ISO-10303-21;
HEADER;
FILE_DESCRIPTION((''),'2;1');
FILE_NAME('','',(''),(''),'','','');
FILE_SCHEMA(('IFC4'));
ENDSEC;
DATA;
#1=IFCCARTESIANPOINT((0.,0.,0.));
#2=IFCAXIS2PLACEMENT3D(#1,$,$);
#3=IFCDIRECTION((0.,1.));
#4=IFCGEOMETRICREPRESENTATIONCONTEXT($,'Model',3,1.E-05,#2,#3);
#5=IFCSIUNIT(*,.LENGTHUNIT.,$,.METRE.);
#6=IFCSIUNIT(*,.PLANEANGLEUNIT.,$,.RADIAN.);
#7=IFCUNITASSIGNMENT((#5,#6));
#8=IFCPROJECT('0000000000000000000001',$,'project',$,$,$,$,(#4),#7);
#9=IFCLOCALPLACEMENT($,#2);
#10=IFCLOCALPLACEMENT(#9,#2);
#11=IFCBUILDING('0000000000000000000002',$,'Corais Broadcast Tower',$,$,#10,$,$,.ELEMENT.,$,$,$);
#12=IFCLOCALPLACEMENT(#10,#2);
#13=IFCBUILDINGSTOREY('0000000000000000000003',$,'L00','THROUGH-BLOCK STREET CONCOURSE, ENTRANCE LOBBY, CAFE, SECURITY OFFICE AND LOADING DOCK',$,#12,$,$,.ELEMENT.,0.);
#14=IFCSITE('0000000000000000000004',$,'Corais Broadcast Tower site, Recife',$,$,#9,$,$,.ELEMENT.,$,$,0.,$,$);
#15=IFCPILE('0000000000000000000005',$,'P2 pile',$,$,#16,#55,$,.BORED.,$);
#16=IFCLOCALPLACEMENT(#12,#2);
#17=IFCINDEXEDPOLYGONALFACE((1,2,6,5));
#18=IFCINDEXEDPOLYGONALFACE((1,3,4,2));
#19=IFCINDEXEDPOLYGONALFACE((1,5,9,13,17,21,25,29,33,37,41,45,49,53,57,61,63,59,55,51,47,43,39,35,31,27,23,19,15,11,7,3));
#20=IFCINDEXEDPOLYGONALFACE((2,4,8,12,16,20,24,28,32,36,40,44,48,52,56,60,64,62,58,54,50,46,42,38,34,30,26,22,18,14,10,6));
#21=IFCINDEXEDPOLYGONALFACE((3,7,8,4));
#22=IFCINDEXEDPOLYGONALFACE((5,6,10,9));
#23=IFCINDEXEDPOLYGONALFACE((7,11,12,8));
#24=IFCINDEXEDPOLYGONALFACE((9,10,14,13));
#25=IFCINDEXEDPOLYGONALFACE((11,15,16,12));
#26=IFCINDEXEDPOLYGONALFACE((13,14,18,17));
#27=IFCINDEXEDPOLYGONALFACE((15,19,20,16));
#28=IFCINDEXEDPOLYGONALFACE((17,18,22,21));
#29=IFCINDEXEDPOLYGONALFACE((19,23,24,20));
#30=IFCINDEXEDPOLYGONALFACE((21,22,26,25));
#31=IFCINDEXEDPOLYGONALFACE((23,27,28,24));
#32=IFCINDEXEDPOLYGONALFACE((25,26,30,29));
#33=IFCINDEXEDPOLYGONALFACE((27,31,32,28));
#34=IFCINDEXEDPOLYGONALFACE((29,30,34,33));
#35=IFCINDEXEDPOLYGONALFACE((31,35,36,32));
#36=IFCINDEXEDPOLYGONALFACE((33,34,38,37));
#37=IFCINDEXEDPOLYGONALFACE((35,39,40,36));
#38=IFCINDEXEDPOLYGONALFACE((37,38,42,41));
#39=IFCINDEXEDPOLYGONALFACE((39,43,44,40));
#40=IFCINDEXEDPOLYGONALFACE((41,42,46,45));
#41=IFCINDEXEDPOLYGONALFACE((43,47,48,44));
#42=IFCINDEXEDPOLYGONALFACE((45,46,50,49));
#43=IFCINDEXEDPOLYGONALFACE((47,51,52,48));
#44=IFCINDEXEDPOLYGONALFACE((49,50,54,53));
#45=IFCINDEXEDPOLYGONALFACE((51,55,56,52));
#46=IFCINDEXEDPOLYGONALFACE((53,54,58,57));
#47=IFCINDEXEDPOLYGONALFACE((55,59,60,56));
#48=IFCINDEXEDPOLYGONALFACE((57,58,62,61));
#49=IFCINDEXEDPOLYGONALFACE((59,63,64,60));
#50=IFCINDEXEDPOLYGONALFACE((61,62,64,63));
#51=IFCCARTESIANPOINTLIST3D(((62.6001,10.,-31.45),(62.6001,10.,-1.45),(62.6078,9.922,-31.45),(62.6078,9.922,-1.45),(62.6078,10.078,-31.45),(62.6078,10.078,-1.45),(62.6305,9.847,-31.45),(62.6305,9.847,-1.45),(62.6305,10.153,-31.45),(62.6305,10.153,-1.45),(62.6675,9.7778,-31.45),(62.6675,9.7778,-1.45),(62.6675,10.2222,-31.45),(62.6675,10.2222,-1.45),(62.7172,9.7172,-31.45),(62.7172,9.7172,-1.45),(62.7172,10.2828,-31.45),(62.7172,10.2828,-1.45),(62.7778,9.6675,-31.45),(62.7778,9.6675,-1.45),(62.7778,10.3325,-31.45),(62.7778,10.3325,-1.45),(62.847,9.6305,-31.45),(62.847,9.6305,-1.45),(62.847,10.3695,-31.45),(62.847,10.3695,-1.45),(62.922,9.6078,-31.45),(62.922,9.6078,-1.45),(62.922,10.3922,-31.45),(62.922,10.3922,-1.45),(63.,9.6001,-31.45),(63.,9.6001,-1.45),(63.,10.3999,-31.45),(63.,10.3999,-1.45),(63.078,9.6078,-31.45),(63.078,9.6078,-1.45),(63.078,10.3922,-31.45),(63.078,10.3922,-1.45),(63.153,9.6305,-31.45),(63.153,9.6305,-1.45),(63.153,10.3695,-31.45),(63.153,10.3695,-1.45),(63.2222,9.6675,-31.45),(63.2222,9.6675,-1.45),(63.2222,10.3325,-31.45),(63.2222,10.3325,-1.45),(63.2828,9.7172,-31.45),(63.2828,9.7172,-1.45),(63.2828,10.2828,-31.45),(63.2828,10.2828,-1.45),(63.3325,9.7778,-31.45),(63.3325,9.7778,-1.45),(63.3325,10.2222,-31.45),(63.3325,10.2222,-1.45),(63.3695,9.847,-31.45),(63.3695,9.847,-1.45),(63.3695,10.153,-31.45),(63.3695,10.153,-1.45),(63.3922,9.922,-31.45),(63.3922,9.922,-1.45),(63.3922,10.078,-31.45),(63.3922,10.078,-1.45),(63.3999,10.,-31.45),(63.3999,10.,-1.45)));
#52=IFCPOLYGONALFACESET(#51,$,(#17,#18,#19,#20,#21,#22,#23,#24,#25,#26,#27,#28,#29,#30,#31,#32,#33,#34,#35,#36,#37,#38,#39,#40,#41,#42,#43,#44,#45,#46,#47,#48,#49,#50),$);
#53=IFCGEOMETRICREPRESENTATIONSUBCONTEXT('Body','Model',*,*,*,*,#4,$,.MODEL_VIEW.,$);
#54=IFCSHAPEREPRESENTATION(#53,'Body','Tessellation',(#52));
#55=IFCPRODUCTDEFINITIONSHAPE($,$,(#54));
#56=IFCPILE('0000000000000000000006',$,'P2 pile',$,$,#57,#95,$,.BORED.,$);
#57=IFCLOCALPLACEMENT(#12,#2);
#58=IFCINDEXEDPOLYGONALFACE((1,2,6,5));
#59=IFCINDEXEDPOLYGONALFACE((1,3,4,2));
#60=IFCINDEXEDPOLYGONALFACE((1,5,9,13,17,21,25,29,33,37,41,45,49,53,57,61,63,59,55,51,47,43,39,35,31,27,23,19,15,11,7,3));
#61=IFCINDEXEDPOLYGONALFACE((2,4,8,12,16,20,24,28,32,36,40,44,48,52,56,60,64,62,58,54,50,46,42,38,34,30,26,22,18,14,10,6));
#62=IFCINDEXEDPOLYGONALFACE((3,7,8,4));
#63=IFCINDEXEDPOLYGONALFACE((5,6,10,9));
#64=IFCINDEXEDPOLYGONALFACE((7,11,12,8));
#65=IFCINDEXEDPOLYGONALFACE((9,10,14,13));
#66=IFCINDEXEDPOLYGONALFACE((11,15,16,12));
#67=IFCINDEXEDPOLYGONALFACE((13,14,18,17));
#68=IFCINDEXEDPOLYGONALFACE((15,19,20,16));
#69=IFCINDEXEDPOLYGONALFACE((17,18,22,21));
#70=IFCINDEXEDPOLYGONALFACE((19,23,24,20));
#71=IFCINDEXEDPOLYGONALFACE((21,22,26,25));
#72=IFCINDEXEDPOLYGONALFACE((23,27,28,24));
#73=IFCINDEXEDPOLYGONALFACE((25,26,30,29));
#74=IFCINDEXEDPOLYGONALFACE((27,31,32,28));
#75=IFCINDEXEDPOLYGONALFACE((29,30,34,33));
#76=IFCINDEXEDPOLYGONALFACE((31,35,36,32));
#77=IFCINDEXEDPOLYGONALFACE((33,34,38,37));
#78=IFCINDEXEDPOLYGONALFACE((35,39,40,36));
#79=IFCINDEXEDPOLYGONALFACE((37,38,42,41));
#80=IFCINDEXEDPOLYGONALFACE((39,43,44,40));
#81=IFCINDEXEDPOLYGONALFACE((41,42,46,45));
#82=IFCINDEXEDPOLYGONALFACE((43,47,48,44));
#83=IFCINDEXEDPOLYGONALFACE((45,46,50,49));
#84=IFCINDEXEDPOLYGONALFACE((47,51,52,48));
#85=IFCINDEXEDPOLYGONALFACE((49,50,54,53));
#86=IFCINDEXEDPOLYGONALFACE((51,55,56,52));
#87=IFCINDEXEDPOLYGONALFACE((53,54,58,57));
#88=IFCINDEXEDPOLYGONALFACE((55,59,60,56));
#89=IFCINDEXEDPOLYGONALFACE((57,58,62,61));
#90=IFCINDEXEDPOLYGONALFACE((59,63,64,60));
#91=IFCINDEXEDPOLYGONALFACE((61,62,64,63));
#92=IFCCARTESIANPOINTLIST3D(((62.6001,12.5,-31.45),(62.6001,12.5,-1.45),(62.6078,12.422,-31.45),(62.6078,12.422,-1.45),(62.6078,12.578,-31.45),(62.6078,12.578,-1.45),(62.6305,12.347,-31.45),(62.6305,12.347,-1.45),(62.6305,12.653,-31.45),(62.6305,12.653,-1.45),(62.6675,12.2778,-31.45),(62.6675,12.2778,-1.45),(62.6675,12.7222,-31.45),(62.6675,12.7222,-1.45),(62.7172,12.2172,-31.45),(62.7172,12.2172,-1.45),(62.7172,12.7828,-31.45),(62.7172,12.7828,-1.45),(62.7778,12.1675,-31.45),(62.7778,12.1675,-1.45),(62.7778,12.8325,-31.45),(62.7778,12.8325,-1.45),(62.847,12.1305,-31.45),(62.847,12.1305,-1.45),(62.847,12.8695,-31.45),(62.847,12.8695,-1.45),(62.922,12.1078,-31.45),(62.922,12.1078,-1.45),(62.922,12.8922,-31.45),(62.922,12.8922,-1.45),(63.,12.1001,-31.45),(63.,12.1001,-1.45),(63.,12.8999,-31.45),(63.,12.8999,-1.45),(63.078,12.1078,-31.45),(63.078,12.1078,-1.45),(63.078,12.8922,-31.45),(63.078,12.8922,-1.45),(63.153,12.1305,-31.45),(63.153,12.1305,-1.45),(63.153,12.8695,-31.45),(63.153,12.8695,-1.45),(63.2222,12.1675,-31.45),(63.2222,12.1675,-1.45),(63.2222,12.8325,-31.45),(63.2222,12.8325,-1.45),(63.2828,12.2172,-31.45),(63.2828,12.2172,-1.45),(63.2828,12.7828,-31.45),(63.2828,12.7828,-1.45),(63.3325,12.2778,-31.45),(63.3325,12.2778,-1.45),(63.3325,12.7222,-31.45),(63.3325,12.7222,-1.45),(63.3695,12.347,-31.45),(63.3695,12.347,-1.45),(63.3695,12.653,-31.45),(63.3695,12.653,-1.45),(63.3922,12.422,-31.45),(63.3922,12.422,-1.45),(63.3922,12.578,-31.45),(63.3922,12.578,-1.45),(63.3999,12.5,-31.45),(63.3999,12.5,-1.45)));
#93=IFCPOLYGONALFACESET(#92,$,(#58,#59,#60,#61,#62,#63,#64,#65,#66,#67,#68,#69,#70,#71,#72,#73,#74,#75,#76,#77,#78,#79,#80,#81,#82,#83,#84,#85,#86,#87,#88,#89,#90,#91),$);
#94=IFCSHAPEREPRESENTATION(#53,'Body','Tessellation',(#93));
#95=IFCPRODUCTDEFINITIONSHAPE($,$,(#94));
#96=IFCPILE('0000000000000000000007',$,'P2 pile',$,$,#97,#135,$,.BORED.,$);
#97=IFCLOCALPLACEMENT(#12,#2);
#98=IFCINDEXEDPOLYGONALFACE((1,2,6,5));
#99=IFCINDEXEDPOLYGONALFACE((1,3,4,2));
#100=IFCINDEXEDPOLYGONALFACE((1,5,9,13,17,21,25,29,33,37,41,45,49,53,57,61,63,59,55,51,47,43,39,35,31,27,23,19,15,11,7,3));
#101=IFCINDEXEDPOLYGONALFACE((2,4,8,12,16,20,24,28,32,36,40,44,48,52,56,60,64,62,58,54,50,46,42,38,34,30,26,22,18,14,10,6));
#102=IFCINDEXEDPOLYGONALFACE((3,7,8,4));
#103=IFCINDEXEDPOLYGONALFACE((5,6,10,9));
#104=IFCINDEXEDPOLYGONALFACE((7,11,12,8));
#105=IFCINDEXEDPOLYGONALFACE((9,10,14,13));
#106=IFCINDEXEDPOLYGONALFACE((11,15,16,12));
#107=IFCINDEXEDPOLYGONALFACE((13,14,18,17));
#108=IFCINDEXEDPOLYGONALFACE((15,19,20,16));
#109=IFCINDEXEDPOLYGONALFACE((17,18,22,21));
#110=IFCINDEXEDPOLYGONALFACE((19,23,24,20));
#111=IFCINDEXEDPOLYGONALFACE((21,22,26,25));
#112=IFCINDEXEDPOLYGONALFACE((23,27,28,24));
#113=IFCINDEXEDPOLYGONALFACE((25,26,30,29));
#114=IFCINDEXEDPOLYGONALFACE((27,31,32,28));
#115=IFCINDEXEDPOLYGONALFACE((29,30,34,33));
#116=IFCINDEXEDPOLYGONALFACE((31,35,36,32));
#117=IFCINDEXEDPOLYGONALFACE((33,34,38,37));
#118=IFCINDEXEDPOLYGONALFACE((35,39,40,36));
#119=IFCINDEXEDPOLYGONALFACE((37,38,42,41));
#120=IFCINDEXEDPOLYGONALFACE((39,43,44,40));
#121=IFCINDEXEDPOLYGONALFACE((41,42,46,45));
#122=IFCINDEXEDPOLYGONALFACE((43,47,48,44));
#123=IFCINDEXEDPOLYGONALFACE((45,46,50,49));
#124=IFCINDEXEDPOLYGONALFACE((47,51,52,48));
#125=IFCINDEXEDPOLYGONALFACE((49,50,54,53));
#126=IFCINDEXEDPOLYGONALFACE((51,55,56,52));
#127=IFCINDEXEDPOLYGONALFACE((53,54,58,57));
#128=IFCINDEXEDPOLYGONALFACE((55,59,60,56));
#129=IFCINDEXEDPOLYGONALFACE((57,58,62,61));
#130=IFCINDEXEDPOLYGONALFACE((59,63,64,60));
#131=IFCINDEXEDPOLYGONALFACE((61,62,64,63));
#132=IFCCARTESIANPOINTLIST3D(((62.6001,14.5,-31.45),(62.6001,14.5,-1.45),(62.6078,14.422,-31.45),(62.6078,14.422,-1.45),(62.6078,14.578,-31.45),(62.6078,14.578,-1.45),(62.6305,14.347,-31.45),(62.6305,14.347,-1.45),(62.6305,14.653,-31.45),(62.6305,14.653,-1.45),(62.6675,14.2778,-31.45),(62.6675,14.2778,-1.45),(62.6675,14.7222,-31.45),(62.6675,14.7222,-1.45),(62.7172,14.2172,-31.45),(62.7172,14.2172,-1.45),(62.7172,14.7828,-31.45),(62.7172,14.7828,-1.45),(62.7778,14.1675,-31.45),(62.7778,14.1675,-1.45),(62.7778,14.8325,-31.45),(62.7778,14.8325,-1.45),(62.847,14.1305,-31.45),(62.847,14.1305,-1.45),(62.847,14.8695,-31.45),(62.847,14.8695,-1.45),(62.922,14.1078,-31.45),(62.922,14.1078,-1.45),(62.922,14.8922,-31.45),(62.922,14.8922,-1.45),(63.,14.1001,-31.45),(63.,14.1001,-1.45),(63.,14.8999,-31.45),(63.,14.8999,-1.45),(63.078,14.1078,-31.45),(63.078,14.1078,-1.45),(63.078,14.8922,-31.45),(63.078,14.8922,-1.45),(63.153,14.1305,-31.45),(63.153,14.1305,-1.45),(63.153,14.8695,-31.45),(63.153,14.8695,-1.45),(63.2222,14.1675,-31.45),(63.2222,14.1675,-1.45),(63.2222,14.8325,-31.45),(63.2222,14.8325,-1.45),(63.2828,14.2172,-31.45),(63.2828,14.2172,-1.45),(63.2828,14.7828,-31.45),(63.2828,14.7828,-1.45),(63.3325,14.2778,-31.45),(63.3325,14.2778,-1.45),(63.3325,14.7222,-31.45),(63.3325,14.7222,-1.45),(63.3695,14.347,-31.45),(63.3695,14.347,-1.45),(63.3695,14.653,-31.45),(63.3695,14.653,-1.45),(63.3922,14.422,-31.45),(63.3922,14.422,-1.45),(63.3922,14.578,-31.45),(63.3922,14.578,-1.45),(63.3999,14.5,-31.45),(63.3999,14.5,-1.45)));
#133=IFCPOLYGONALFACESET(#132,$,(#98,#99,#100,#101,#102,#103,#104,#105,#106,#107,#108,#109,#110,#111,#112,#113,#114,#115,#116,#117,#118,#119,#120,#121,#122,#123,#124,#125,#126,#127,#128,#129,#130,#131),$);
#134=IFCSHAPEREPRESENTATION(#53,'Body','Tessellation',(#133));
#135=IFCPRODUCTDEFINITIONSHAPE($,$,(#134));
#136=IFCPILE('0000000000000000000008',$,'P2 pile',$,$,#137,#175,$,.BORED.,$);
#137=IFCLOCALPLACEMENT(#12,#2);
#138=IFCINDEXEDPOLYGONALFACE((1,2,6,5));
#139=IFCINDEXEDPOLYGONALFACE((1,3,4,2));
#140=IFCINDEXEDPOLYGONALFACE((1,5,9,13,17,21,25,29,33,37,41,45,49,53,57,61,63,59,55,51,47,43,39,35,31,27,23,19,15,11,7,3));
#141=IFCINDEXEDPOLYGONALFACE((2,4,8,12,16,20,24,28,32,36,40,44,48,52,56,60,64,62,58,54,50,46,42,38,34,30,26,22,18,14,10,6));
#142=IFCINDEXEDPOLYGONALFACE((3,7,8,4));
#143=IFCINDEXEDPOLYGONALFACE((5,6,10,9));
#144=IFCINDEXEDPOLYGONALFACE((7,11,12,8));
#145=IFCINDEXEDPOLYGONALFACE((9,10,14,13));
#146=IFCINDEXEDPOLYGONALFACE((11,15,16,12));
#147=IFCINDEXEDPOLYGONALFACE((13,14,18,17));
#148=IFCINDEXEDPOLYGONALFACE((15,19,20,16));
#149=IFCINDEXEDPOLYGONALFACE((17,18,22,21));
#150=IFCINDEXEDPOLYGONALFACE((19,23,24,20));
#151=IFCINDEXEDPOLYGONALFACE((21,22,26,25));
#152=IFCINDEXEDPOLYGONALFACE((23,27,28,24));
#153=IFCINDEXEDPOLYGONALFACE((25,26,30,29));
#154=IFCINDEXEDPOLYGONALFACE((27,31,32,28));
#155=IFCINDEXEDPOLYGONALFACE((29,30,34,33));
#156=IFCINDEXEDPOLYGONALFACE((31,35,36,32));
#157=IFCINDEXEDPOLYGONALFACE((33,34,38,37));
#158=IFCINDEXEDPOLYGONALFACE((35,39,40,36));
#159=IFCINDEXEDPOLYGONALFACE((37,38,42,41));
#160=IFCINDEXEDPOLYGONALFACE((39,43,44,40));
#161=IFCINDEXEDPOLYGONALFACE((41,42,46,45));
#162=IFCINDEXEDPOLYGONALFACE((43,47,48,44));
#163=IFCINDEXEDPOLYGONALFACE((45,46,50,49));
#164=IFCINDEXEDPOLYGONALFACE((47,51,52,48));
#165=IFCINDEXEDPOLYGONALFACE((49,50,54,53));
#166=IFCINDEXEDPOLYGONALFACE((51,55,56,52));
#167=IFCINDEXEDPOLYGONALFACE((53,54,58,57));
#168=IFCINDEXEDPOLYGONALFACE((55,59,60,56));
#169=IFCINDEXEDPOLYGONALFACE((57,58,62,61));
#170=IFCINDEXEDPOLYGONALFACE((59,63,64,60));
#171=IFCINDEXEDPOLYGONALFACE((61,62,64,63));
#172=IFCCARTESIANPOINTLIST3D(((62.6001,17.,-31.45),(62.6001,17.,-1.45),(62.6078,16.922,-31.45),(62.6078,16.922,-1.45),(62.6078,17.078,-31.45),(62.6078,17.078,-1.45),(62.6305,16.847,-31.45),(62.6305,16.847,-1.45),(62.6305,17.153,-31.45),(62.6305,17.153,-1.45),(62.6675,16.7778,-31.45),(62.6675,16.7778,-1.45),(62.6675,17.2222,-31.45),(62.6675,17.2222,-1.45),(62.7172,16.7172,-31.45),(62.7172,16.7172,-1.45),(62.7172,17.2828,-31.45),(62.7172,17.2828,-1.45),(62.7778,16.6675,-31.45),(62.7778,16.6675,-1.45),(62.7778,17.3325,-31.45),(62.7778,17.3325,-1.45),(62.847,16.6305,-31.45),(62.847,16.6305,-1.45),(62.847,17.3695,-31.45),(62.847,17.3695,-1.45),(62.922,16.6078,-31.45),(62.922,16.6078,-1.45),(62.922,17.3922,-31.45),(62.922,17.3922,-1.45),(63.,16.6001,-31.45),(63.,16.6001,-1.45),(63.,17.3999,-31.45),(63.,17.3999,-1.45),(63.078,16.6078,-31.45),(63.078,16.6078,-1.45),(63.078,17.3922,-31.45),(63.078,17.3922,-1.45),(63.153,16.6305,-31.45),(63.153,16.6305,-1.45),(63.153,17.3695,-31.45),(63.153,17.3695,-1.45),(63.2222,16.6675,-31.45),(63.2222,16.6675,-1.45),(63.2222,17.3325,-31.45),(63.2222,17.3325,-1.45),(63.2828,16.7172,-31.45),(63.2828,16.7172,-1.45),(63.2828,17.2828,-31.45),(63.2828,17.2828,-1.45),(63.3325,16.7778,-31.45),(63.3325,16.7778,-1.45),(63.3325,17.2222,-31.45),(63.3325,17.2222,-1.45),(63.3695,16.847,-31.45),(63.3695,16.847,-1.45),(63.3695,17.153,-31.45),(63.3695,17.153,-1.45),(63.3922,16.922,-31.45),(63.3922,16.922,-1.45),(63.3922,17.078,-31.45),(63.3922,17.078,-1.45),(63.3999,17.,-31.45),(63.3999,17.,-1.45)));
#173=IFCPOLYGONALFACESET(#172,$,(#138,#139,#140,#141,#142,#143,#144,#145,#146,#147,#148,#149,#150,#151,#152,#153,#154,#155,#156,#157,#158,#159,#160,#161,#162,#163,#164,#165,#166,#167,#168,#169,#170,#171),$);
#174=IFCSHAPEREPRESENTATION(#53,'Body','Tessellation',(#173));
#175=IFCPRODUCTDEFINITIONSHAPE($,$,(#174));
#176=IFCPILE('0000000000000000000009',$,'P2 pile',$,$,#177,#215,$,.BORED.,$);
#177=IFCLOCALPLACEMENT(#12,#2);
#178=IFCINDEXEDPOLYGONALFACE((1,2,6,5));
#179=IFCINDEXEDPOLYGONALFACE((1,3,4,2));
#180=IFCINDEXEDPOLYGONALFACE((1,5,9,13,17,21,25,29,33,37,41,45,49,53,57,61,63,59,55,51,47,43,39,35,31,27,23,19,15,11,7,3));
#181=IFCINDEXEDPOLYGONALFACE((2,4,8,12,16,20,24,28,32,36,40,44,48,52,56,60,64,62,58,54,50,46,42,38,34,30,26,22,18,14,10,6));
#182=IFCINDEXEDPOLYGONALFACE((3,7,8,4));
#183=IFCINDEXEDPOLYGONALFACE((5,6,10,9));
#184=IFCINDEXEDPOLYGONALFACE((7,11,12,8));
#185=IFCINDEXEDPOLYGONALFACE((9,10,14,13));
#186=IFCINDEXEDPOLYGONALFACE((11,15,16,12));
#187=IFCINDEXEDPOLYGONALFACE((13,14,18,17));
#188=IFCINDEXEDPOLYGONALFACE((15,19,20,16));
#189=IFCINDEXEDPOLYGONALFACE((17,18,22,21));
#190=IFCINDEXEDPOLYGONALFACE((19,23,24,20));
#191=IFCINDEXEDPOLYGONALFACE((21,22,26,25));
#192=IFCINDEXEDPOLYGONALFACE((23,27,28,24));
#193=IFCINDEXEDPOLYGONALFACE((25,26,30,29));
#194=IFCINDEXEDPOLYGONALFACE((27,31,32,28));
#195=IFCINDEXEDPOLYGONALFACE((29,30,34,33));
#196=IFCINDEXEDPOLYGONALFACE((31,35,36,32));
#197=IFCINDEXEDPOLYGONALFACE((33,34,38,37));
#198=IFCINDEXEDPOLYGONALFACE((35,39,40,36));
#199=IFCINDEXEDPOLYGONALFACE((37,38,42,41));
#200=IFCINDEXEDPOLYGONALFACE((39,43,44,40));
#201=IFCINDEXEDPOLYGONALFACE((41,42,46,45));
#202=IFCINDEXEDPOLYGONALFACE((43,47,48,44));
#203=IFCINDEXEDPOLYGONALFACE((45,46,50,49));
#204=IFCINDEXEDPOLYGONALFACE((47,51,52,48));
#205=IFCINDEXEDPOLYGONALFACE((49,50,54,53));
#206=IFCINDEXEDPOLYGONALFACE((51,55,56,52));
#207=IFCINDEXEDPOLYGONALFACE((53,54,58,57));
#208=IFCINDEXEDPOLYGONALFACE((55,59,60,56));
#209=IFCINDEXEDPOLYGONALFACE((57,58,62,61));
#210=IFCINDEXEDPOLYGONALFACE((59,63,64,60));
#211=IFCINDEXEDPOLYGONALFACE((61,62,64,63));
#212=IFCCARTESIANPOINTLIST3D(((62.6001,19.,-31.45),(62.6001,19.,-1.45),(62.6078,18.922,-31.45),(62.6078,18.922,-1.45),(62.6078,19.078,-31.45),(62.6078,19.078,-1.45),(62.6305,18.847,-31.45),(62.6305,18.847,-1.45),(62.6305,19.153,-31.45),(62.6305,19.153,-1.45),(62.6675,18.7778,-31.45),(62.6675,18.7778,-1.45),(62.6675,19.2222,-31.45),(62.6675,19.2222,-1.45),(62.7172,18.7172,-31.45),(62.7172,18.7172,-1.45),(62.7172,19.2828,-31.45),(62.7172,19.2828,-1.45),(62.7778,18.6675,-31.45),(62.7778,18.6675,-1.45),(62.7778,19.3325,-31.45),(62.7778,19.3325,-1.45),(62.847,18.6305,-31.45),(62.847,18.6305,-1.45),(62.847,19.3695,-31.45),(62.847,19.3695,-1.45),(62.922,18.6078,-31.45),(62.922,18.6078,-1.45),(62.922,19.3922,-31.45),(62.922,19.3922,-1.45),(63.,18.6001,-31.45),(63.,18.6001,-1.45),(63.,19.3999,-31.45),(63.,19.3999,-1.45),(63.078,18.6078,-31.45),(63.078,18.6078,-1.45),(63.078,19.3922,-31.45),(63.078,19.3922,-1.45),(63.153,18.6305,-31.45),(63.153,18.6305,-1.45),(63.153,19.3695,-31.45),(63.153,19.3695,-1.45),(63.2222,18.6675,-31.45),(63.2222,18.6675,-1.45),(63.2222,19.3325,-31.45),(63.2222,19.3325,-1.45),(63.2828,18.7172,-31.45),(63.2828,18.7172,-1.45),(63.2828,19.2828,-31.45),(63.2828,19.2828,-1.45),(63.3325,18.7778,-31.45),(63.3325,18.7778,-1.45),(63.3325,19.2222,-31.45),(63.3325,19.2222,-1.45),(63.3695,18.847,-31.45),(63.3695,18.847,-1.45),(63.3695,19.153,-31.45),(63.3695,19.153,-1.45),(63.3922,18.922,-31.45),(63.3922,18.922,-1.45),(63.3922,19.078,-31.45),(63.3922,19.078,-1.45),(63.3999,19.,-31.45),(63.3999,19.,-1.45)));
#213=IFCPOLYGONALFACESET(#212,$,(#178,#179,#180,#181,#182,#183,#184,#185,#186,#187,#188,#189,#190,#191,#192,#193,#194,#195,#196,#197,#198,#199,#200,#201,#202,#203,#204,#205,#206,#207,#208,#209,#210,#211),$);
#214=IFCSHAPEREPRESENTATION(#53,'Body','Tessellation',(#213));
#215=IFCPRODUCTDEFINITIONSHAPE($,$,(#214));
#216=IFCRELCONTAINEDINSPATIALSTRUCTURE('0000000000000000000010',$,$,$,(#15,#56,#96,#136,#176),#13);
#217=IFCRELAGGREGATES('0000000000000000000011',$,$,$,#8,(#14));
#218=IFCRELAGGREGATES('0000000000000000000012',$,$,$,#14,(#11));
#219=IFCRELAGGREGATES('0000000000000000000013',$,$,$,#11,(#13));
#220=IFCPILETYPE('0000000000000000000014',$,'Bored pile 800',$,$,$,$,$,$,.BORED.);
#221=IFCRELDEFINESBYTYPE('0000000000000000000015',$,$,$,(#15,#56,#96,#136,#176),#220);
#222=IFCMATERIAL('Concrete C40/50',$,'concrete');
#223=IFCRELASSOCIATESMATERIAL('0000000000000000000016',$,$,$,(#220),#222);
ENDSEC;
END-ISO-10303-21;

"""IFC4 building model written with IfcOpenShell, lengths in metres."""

from ifc_helpers import new_model, si_unit, direction, frame, origin, origin_2d, place, context, subcontext, project, spatial, circle, extrude, material, type_object, element, save


model = new_model("IFC4")

# Units and contexts
model_context = context("Model", 3, precision=1e-05, world=origin(), true_north=direction((0.0, 1.0)))
body_context = subcontext(model_context, "Body", "Model", "MODEL_VIEW")
ifc_project = project(units=[si_unit("LENGTHUNIT", "METRE"), si_unit("PLANEANGLEUNIT", "RADIAN")], contexts=[model_context])

# Site, building, storey
site_placement = place(None, origin())
site = spatial("IfcSite", under=ifc_project, at=site_placement, Name="Corais Broadcast Tower site, Recife", CompositionType="ELEMENT", RefElevation=0.0)
building_placement = place(site_placement, origin())
building = spatial("IfcBuilding", under=site, at=building_placement, Name="Corais Broadcast Tower", CompositionType="ELEMENT")
storey_placement = place(building_placement, origin())
storey = spatial("IfcBuildingStorey", under=building, at=storey_placement, Name="L00", Description="THROUGH-BLOCK STREET CONCOURSE, ENTRANCE LOBBY, CAFE, SECURITY OFFICE AND LOADING DOCK", CompositionType="ELEMENT", Elevation=0.0)

# Piles
ifc_material_1 = material(Name="Concrete C40/50", Category="concrete")
pile_type = type_object("IfcPileType", Name="Bored pile 800", PredefinedType="BORED", material=ifc_material_1)
for number, where, z_axis, x_axis, name in (
    (1, (63.0, 10.0, -1.45), (0.0, 0.0, -1.0), (1.0, 0.0, 0.0), "P2 pile"),
    (2, (63.0, 12.5, -1.45), (0.0, 0.0, -1.0), (1.0, 0.0, 0.0), "P2 pile"),
    (3, (63.0, 14.5, -1.45), (0.0, 0.0, -1.0), (1.0, 0.0, 0.0), "P2 pile"),
    (4, (63.0, 17.0, -1.45), (0.0, 0.0, -1.0), (1.0, 0.0, 0.0), "P2 pile"),
    (5, (63.0, 19.0, -1.45), (0.0, 0.0, -1.0), (1.0, 0.0, 0.0), "P2 pile"),
):
    element("IfcPile", number, at=place(storey_placement, frame(where, z_axis=z_axis, x_axis=x_axis)), inside=storey, type_object=pile_type, Name=name, PredefinedType="BORED", context=body_context, shape_type="SweptSolid", body=[
        extrude(circle(Radius=0.3999, at=origin_2d()), origin(), (0.0, 0.0, 1.0), 30.0),
    ])

save(model, "model.ifc")
